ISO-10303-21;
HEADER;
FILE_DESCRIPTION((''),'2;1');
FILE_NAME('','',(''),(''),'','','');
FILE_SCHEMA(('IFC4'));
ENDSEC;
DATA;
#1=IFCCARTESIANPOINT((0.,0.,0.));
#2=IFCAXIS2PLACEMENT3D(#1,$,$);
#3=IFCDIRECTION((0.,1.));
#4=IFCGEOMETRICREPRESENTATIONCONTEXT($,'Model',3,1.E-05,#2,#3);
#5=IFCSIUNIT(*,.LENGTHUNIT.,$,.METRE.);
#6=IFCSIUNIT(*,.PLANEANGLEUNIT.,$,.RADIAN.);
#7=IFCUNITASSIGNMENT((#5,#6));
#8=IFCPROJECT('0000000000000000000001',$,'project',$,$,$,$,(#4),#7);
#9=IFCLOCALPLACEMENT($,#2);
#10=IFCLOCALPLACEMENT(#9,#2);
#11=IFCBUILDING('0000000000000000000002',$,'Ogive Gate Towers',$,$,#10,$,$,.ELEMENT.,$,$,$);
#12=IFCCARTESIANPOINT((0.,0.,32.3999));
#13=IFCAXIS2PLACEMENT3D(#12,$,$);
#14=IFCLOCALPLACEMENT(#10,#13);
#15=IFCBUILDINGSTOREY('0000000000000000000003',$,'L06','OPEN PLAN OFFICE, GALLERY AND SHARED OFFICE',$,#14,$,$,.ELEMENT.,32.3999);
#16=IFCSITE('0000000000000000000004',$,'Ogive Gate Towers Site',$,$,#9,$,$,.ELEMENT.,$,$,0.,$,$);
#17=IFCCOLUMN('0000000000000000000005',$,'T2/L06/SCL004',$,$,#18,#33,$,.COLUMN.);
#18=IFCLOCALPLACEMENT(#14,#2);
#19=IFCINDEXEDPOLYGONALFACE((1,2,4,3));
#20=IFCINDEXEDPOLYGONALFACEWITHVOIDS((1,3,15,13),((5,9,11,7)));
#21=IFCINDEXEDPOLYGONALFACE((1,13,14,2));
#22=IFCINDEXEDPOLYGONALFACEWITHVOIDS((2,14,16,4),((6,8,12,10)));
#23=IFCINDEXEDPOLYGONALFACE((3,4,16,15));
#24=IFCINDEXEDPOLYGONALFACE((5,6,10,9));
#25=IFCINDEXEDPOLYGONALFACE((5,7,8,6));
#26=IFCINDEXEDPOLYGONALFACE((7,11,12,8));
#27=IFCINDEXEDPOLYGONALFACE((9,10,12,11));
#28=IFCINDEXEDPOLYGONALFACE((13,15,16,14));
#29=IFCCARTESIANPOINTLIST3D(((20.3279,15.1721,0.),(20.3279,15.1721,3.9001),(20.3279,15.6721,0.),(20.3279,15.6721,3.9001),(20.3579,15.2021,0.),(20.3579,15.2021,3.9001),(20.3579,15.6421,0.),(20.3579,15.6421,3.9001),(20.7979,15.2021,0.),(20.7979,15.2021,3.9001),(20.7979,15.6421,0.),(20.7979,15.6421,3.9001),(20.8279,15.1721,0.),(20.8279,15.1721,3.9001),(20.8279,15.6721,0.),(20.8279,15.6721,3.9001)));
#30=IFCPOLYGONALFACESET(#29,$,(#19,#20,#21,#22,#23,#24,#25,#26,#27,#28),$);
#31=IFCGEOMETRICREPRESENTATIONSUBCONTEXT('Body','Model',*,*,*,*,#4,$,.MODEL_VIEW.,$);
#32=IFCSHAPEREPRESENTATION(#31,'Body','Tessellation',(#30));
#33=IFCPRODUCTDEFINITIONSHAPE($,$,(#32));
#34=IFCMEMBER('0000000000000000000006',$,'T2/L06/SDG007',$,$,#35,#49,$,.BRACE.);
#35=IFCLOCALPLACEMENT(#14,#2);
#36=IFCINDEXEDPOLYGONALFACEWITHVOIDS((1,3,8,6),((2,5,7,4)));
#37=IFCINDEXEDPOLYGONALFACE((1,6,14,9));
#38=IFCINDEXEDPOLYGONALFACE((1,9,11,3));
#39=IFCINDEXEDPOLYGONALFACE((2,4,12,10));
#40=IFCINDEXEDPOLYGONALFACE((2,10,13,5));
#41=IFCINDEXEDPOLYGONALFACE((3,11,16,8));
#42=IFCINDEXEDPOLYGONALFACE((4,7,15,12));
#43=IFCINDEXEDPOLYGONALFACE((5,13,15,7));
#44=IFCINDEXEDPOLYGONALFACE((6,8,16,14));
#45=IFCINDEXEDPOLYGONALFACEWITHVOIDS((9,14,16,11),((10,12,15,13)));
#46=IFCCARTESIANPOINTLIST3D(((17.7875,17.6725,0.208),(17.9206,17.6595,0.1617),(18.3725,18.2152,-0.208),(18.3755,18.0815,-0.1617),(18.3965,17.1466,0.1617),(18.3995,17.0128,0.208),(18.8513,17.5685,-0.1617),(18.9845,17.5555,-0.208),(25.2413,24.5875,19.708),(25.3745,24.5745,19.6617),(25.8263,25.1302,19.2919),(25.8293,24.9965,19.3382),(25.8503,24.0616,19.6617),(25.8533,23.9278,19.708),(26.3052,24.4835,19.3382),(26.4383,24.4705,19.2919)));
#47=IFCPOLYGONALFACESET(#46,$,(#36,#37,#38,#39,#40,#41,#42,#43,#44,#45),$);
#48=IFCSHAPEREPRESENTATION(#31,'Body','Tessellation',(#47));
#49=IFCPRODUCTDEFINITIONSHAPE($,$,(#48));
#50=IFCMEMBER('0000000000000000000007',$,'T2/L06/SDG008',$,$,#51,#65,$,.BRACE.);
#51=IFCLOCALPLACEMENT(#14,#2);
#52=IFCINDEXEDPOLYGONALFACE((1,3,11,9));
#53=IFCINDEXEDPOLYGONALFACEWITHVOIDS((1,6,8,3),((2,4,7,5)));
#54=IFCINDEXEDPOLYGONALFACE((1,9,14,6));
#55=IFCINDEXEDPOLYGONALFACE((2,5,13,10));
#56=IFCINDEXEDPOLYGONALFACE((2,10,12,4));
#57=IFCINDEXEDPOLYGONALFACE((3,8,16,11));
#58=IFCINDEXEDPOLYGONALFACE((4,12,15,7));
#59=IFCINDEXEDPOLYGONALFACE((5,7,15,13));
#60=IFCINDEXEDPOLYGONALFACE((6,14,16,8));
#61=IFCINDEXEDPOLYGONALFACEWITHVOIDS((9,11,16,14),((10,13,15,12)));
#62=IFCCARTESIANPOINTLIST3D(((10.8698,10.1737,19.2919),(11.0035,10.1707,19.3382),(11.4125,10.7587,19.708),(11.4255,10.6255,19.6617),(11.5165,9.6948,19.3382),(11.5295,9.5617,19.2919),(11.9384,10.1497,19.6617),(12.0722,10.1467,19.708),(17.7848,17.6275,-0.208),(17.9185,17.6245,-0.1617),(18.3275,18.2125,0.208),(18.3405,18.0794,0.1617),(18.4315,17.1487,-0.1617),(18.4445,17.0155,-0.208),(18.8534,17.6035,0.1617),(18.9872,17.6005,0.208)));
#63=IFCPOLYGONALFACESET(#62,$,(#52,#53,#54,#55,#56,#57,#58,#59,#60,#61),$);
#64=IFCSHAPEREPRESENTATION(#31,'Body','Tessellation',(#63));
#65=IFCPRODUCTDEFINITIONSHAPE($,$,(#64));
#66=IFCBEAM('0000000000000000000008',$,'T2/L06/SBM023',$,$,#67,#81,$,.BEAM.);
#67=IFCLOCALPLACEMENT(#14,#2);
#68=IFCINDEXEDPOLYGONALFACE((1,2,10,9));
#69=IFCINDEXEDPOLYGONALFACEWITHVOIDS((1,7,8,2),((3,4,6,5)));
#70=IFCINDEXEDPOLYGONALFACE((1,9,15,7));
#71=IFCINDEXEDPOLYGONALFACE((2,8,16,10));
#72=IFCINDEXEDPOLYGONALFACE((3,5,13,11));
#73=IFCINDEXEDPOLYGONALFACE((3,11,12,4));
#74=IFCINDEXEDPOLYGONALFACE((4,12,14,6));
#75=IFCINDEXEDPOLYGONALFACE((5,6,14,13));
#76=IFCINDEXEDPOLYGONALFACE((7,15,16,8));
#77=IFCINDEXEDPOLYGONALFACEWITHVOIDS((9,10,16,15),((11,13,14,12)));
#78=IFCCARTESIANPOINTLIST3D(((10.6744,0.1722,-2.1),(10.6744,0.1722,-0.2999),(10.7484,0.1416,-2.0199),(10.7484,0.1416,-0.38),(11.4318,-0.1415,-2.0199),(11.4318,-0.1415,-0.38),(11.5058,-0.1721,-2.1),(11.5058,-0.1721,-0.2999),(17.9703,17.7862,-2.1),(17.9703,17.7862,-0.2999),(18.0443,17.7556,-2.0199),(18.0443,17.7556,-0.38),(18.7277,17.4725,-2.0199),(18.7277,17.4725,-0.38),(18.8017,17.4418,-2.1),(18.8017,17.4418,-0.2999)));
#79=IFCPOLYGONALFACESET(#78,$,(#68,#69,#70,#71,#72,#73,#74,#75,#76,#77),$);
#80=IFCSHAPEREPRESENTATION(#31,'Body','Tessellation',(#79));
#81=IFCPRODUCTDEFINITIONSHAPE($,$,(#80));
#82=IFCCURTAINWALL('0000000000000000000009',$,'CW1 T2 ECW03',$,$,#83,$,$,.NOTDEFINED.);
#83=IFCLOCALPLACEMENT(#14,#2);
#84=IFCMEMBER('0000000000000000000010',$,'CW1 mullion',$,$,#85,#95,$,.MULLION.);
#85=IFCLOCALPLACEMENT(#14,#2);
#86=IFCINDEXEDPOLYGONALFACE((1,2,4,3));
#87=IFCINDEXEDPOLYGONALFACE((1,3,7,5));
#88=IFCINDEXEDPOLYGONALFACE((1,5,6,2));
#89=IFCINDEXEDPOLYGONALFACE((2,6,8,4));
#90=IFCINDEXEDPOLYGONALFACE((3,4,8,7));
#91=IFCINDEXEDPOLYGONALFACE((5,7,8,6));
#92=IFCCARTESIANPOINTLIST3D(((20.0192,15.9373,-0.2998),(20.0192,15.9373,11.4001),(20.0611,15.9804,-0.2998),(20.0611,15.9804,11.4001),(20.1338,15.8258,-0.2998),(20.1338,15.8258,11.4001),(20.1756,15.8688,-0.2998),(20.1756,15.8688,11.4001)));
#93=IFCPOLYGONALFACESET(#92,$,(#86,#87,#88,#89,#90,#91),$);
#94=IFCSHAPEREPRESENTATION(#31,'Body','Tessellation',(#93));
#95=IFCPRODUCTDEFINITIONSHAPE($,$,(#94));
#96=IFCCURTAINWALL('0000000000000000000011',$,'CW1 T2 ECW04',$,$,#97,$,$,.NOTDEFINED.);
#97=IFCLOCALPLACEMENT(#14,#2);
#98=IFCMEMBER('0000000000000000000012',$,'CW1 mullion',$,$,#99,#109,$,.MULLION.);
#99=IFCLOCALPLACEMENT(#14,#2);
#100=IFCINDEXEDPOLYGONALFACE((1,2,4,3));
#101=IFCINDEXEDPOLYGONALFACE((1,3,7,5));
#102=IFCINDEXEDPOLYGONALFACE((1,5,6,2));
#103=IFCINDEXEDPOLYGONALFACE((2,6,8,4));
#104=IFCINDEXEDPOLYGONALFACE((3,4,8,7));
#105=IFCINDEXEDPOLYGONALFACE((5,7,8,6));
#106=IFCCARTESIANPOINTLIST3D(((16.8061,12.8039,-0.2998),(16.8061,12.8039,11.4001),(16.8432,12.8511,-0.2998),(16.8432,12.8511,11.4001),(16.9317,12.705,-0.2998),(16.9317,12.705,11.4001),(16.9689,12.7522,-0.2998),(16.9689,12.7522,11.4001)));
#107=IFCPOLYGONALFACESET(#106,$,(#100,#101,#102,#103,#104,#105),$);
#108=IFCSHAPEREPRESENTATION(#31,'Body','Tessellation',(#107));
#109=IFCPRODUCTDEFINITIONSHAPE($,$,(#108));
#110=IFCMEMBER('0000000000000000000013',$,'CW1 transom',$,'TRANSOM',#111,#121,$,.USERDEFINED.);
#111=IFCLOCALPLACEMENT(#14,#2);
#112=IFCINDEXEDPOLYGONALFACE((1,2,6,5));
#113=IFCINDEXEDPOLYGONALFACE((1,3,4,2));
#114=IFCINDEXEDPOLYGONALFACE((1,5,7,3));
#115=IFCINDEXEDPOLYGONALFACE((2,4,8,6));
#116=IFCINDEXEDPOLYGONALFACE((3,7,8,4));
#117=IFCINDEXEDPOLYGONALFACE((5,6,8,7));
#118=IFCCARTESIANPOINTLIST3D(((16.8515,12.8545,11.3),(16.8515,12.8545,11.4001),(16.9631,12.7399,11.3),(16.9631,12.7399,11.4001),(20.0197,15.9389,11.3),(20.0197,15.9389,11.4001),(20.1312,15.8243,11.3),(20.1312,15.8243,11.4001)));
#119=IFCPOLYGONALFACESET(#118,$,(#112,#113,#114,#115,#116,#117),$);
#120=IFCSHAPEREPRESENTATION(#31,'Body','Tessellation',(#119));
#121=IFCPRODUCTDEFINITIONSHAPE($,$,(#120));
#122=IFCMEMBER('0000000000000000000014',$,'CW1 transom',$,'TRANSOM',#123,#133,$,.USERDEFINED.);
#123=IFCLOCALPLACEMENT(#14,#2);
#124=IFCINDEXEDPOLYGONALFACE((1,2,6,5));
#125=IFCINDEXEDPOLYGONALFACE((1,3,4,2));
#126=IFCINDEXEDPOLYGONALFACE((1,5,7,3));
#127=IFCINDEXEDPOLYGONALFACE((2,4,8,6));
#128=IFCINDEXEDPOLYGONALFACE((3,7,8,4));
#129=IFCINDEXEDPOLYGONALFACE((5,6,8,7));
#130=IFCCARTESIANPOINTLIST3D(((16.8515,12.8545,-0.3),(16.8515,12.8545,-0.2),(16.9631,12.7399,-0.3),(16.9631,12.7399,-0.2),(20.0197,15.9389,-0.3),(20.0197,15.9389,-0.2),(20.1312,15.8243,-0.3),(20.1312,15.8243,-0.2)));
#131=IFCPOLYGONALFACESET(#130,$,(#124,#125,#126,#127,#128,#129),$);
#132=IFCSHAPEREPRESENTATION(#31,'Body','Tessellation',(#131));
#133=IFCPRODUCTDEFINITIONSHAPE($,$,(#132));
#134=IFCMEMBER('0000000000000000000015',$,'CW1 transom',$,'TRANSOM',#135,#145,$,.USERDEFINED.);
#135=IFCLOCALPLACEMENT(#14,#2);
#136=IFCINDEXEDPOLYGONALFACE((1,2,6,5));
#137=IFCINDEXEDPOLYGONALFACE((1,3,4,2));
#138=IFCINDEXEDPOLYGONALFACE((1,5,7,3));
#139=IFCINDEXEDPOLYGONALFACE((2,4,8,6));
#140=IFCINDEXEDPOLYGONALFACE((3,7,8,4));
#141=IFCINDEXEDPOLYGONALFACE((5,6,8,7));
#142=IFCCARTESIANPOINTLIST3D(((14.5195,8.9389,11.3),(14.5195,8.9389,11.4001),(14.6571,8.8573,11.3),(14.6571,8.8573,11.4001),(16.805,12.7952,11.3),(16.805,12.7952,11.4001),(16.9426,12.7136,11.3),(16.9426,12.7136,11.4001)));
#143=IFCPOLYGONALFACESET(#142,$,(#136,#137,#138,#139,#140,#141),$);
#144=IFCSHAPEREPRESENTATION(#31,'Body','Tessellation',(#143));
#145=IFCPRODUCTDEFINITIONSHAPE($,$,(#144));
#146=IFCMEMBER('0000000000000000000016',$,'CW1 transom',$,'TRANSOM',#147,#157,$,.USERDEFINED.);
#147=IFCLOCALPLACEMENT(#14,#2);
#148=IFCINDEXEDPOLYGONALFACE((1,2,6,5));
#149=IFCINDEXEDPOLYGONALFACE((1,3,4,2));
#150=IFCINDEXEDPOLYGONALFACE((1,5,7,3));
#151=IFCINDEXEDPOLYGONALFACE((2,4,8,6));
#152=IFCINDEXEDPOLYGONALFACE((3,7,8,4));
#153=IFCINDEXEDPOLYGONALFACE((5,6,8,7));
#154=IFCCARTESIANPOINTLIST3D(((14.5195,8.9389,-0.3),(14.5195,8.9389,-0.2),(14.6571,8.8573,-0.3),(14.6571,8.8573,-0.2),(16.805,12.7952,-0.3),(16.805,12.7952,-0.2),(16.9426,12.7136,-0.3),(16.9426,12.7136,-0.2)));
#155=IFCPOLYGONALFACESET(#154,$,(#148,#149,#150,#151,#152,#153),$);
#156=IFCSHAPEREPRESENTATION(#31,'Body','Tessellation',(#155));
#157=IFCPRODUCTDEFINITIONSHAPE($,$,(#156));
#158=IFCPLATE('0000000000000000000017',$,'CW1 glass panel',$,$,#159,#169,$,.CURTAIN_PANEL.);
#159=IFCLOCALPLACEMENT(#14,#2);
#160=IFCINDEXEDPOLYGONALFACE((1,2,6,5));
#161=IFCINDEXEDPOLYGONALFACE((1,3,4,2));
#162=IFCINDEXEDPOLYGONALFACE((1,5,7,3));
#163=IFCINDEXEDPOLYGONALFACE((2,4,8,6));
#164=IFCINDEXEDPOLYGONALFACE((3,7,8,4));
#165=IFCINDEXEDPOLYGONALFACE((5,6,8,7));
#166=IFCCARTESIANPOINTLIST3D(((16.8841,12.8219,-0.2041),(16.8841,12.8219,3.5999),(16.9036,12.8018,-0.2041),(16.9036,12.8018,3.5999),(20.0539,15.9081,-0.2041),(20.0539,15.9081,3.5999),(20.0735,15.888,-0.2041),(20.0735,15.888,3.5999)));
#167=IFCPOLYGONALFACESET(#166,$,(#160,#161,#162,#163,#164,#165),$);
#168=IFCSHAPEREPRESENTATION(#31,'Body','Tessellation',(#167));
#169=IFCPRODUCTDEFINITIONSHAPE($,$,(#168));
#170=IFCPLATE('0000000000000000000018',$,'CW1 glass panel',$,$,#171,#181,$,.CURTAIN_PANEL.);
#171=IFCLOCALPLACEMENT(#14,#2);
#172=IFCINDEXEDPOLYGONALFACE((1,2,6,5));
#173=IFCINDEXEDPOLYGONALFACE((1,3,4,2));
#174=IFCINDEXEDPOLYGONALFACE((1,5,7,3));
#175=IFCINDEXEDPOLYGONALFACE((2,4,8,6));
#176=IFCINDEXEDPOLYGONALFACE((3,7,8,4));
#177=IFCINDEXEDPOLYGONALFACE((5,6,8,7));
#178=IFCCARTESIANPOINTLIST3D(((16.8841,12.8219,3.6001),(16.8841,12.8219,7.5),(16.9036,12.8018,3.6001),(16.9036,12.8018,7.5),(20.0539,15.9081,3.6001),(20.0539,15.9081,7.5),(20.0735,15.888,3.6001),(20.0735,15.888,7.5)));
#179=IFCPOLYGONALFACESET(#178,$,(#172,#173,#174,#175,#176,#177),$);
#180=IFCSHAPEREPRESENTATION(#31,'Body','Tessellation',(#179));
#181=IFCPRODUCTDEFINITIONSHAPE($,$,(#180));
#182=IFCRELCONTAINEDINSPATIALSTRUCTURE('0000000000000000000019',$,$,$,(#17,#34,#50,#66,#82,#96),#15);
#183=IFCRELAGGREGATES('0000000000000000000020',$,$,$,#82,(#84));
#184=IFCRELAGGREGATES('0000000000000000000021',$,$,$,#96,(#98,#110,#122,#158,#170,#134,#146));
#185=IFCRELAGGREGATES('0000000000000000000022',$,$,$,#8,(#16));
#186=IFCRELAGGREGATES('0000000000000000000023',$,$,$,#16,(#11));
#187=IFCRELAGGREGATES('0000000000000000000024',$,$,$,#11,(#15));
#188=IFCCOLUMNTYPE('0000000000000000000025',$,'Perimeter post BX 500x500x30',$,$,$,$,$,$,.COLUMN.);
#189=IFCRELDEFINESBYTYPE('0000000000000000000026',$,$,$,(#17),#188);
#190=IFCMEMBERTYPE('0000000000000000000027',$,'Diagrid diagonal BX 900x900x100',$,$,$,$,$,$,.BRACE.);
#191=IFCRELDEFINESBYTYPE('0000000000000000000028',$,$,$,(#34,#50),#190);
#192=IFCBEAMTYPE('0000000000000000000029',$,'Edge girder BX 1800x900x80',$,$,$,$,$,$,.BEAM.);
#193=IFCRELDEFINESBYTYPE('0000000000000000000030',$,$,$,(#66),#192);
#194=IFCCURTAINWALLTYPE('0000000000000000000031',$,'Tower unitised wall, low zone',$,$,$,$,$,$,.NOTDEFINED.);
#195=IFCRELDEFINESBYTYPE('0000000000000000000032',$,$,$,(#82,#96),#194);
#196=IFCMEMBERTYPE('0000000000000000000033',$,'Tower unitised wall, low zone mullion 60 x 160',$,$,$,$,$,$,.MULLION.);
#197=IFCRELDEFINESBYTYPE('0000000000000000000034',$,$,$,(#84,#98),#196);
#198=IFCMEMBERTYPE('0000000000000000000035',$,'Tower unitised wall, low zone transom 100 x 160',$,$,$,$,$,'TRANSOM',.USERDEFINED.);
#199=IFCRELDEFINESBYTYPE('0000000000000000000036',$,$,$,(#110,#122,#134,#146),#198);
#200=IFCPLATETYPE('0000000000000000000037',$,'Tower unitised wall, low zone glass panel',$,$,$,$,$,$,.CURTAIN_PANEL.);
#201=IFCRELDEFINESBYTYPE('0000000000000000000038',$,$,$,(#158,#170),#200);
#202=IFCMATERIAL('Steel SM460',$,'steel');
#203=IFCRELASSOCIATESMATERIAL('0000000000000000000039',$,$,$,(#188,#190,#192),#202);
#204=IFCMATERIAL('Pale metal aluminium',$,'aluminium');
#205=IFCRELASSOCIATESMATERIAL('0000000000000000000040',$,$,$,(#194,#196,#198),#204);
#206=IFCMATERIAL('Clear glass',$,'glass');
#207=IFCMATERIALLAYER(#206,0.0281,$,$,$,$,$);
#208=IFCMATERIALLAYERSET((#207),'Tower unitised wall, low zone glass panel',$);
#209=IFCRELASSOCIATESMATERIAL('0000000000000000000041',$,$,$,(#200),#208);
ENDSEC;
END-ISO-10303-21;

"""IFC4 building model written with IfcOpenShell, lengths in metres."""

from ifc_helpers import new_model, si_unit, direction, frame, origin, origin_2d, place, context, subcontext, project, spatial, rectangle, hollow_rectangle, extrude, material, layer, layer_set, material_profile, profile_set, type_object, element, aggregate, save


model = new_model("IFC4")

# Units and contexts
model_context = context("Model", 3, precision=1e-05, world=origin(), true_north=direction((0.0, 1.0)))
body_context = subcontext(model_context, "Body", "Model", "MODEL_VIEW")
ifc_project = project(units=[si_unit("LENGTHUNIT", "METRE"), si_unit("PLANEANGLEUNIT", "RADIAN")], contexts=[model_context])

# Site, building, storey
site_placement = place(None, origin())
site = spatial("IfcSite", under=ifc_project, at=site_placement, Name="Ogive Gate Towers Site", CompositionType="ELEMENT", RefElevation=0.0)
building_placement = place(site_placement, origin())
building = spatial("IfcBuilding", under=site, at=building_placement, Name="Ogive Gate Towers", CompositionType="ELEMENT")
storey_placement = place(building_placement, frame((0.0, 0.0, 32.3999)))
storey = spatial("IfcBuildingStorey", under=building, at=storey_placement, Name="L06", Description="OPEN PLAN OFFICE, GALLERY AND SHARED OFFICE", CompositionType="ELEMENT", Elevation=32.3999)

# Column
ifc_material_1 = material(Name="Steel SM460", Category="steel")
ifc_material_profile_1 = material_profile(ifc_material_1, hollow_rectangle(XDim=0.5, YDim=0.5, WallThickness=0.03, at=origin_2d()), Name="BX 500x500x30")
ifc_profile_set_1 = profile_set([ifc_material_profile_1], Name="Steel SM460")
column_type = type_object("IfcColumnType", Name="Perimeter post BX 500x500x30", PredefinedType="COLUMN", material=ifc_profile_set_1)
column_placement = place(storey_placement, frame((20.5779, 15.4221, 0.0), z_axis=(0.0, 0.0, 1.0), x_axis=(1.0, 0.0, 0.0)))
element("IfcColumn", 1, at=column_placement, inside=storey, type_object=column_type, Name="T2/L06/SCL004", PredefinedType="COLUMN", context=body_context, shape_type="SweptSolid", body=[
    extrude(hollow_rectangle(XDim=0.5, YDim=0.5, WallThickness=0.03, at=origin_2d()), origin(), (0.0, 0.0, 1.0), 3.9001),
])

# Members
ifc_material_profile_2 = material_profile(ifc_material_1, hollow_rectangle(XDim=0.8999, YDim=0.8999, WallThickness=0.1001, at=origin_2d()), Name="BX 900x900x100")
ifc_profile_set_2 = profile_set([ifc_material_profile_2], Name="Steel SM460")
member_type_1 = type_object("IfcMemberType", Name="Diagrid diagonal BX 900x900x100", PredefinedType="BRACE", material=ifc_profile_set_2)
for number, where, z_axis, x_axis, name in (
    (2, (18.386, 17.614, 0.0), (0.338942, 0.314441, 0.886705), (-0.680113, 0.733107, 0.0), "T2/L06/SDG007"),
    (3, (18.386, 17.614, 0.0), (-0.314441, -0.338942, 0.886705), (0.733107, -0.680113, 0.0), "T2/L06/SDG008"),
):
    element("IfcMember", number, at=place(storey_placement, frame(where, z_axis=z_axis, x_axis=x_axis)), inside=storey, type_object=member_type_1, Name=name, PredefinedType="BRACE", context=body_context, shape_type="SweptSolid", body=[
        extrude(hollow_rectangle(XDim=0.8999, YDim=0.8999, WallThickness=0.1001, at=origin_2d()), origin(), (0.0, 0.0, 1.0), 21.9915),
    ])

# Beam
ifc_material_profile_3 = material_profile(ifc_material_1, hollow_rectangle(XDim=0.8999, YDim=1.8, WallThickness=0.0801, at=origin_2d()), Name="BX 1800x900x80")
ifc_profile_set_3 = profile_set([ifc_material_profile_3], Name="Steel SM460")
beam_type = type_object("IfcBeamType", Name="Edge girder BX 1800x900x80", PredefinedType="BEAM", material=ifc_profile_set_3)
beam_placement = place(storey_placement, frame((18.386, 17.614, -1.2), z_axis=(-0.382681, -0.923881, 0.0), x_axis=(0.923881, -0.382681, 0.0)))
element("IfcBeam", 4, at=beam_placement, inside=storey, type_object=beam_type, Name="T2/L06/SBM023", PredefinedType="BEAM", context=body_context, shape_type="SweptSolid", body=[
    extrude(hollow_rectangle(XDim=0.8999, YDim=1.8, WallThickness=0.0801, at=origin_2d()), origin(), (0.0, 0.0, 1.0), 19.0652),
])

# Curtain wall, member
ifc_material_2 = material(Name="Pale metal aluminium", Category="aluminium")
curtain_wall_type = type_object("IfcCurtainWallType", Name="Tower unitised wall, low zone", PredefinedType="NOTDEFINED", material=ifc_material_2)
curtain_wall_1_placement = place(storey_placement, origin())
curtain_wall_1 = element("IfcCurtainWall", 5, at=curtain_wall_1_placement, inside=storey, type_object=curtain_wall_type, Name="CW1 T2 ECW03", PredefinedType="NOTDEFINED")
ifc_material_profile_4 = material_profile(ifc_material_2, rectangle(XDim=0.1599, YDim=0.0601, at=origin_2d()), Name="60 x 160 aluminium box")
ifc_profile_set_4 = profile_set([ifc_material_profile_4], Name="Pale metal aluminium")
member_type_2 = type_object("IfcMemberType", Name="Tower unitised wall, low zone mullion 60 x 160", PredefinedType="MULLION", material=ifc_profile_set_4)
member_1_placement = place(storey_placement, frame((20.0974, 15.9031, -0.2998), z_axis=(0.0, 0.0, 1.0), x_axis=(-0.716497, 0.69759, 0.0)))
member_1 = element("IfcMember", 6, at=member_1_placement, type_object=member_type_2, Name="CW1 mullion", PredefinedType="MULLION", context=body_context, shape_type="SweptSolid", body=[
    extrude(rectangle(XDim=0.1599, YDim=0.0601, at=origin_2d()), origin(), (0.0, 0.0, 1.0), 11.7),
])
aggregate(curtain_wall_1, [member_1])

# Curtain wall, members, plates
curtain_wall_2_placement = place(storey_placement, origin())
curtain_wall_2 = element("IfcCurtainWall", 7, at=curtain_wall_2_placement, inside=storey, type_object=curtain_wall_type, Name="CW1 T2 ECW04", PredefinedType="NOTDEFINED")
member_2_placement = place(storey_placement, frame((16.8875, 12.7781, -0.2998), z_axis=(0.0, 0.0, 1.0), x_axis=(-0.78576, 0.618532, 0.0)))
member_2 = element("IfcMember", 8, at=member_2_placement, type_object=member_type_2, Name="CW1 mullion", PredefinedType="MULLION", context=body_context, shape_type="SweptSolid", body=[
    extrude(rectangle(XDim=0.1599, YDim=0.0601, at=origin_2d()), origin(), (0.0, 0.0, 1.0), 11.7),
])
ifc_material_profile_5 = material_profile(ifc_material_2, rectangle(XDim=0.1599, YDim=0.1001, at=origin_2d()), Name="100 x 160 aluminium box")
ifc_profile_set_5 = profile_set([ifc_material_profile_5], Name="Pale metal aluminium")
member_type_3 = type_object("IfcMemberType", Name="Tower unitised wall, low zone transom 100 x 160", ElementType="TRANSOM", PredefinedType="USERDEFINED", material=ifc_profile_set_5)
member_3_placement = place(storey_placement, frame((20.0754, 15.8816, 11.3501), z_axis=(-0.716513, -0.697574, 0.0), x_axis=(0.697574, -0.716513, 0.0)))
member_3 = element("IfcMember", 9, at=member_3_placement, type_object=member_type_3, Name="CW1 transom", ObjectType="TRANSOM", PredefinedType="USERDEFINED", context=body_context, shape_type="SweptSolid", body=[
    extrude(rectangle(XDim=0.1599, YDim=0.1001, at=origin_2d()), origin(), (0.0, 0.0, 1.0), 4.4216),
])
member_4_placement = place(storey_placement, frame((20.0754, 15.8816, -0.25), z_axis=(-0.716513, -0.697574, 0.0), x_axis=(0.697574, -0.716513, 0.0)))
member_4 = element("IfcMember", 10, at=member_4_placement, type_object=member_type_3, Name="CW1 transom", ObjectType="TRANSOM", PredefinedType="USERDEFINED", context=body_context, shape_type="SweptSolid", body=[
    extrude(rectangle(XDim=0.1599, YDim=0.1001, at=origin_2d()), origin(), (0.0, 0.0, 1.0), 4.4216),
])
member_5_placement = place(storey_placement, frame((16.8738, 12.7544, 11.3501), z_axis=(-0.509843, -0.860268, 0.0), x_axis=(0.860268, -0.509843, 0.0)))
member_5 = element("IfcMember", 11, at=member_5_placement, type_object=member_type_3, Name="CW1 transom", ObjectType="TRANSOM", PredefinedType="USERDEFINED", context=body_context, shape_type="SweptSolid", body=[
    extrude(rectangle(XDim=0.1599, YDim=0.1001, at=origin_2d()), origin(), (0.0, 0.0, 1.0), 4.4827),
])
member_6_placement = place(storey_placement, frame((16.8738, 12.7544, -0.25), z_axis=(-0.509843, -0.860268, 0.0), x_axis=(0.860268, -0.509843, 0.0)))
member_6 = element("IfcMember", 12, at=member_6_placement, type_object=member_type_3, Name="CW1 transom", ObjectType="TRANSOM", PredefinedType="USERDEFINED", context=body_context, shape_type="SweptSolid", body=[
    extrude(rectangle(XDim=0.1599, YDim=0.1001, at=origin_2d()), origin(), (0.0, 0.0, 1.0), 4.4827),
])
ifc_material_3 = material(Name="Clear glass", Category="glass")
ifc_layer_1 = layer(ifc_material_3, 0.0281)
ifc_layer_set_1 = layer_set([ifc_layer_1], Name="Tower unitised wall, low zone glass panel")
plate_type = type_object("IfcPlateType", Name="Tower unitised wall, low zone glass panel", PredefinedType="CURTAIN_PANEL", material=ifc_layer_set_1)
plate_1_placement = place(storey_placement, frame((18.4788, 14.355, -0.2041), z_axis=(0.0, 0.0, 1.0), x_axis=(-0.716497, -0.69759, 0.0)))
plate_1 = element("IfcPlate", 13, at=plate_1_placement, type_object=plate_type, Name="CW1 glass panel", PredefinedType="CURTAIN_PANEL", context=body_context, shape_type="SweptSolid", body=[
    extrude(rectangle(XDim=4.4241, YDim=0.0281, at=origin_2d()), origin(), (0.0, 0.0, 1.0), 3.804),
])
plate_2_placement = place(storey_placement, frame((18.4788, 14.355, 3.6001), z_axis=(0.0, 0.0, 1.0), x_axis=(-0.716497, -0.69759, 0.0)))
plate_2 = element("IfcPlate", 14, at=plate_2_placement, type_object=plate_type, Name="CW1 glass panel", PredefinedType="CURTAIN_PANEL", context=body_context, shape_type="SweptSolid", body=[
    extrude(rectangle(XDim=4.4241, YDim=0.0281, at=origin_2d()), origin(), (0.0, 0.0, 1.0), 3.8999),
])
aggregate(curtain_wall_2, [member_2, member_3, member_4, plate_1, plate_2, member_5, member_6])

save(model, "model.ifc")
